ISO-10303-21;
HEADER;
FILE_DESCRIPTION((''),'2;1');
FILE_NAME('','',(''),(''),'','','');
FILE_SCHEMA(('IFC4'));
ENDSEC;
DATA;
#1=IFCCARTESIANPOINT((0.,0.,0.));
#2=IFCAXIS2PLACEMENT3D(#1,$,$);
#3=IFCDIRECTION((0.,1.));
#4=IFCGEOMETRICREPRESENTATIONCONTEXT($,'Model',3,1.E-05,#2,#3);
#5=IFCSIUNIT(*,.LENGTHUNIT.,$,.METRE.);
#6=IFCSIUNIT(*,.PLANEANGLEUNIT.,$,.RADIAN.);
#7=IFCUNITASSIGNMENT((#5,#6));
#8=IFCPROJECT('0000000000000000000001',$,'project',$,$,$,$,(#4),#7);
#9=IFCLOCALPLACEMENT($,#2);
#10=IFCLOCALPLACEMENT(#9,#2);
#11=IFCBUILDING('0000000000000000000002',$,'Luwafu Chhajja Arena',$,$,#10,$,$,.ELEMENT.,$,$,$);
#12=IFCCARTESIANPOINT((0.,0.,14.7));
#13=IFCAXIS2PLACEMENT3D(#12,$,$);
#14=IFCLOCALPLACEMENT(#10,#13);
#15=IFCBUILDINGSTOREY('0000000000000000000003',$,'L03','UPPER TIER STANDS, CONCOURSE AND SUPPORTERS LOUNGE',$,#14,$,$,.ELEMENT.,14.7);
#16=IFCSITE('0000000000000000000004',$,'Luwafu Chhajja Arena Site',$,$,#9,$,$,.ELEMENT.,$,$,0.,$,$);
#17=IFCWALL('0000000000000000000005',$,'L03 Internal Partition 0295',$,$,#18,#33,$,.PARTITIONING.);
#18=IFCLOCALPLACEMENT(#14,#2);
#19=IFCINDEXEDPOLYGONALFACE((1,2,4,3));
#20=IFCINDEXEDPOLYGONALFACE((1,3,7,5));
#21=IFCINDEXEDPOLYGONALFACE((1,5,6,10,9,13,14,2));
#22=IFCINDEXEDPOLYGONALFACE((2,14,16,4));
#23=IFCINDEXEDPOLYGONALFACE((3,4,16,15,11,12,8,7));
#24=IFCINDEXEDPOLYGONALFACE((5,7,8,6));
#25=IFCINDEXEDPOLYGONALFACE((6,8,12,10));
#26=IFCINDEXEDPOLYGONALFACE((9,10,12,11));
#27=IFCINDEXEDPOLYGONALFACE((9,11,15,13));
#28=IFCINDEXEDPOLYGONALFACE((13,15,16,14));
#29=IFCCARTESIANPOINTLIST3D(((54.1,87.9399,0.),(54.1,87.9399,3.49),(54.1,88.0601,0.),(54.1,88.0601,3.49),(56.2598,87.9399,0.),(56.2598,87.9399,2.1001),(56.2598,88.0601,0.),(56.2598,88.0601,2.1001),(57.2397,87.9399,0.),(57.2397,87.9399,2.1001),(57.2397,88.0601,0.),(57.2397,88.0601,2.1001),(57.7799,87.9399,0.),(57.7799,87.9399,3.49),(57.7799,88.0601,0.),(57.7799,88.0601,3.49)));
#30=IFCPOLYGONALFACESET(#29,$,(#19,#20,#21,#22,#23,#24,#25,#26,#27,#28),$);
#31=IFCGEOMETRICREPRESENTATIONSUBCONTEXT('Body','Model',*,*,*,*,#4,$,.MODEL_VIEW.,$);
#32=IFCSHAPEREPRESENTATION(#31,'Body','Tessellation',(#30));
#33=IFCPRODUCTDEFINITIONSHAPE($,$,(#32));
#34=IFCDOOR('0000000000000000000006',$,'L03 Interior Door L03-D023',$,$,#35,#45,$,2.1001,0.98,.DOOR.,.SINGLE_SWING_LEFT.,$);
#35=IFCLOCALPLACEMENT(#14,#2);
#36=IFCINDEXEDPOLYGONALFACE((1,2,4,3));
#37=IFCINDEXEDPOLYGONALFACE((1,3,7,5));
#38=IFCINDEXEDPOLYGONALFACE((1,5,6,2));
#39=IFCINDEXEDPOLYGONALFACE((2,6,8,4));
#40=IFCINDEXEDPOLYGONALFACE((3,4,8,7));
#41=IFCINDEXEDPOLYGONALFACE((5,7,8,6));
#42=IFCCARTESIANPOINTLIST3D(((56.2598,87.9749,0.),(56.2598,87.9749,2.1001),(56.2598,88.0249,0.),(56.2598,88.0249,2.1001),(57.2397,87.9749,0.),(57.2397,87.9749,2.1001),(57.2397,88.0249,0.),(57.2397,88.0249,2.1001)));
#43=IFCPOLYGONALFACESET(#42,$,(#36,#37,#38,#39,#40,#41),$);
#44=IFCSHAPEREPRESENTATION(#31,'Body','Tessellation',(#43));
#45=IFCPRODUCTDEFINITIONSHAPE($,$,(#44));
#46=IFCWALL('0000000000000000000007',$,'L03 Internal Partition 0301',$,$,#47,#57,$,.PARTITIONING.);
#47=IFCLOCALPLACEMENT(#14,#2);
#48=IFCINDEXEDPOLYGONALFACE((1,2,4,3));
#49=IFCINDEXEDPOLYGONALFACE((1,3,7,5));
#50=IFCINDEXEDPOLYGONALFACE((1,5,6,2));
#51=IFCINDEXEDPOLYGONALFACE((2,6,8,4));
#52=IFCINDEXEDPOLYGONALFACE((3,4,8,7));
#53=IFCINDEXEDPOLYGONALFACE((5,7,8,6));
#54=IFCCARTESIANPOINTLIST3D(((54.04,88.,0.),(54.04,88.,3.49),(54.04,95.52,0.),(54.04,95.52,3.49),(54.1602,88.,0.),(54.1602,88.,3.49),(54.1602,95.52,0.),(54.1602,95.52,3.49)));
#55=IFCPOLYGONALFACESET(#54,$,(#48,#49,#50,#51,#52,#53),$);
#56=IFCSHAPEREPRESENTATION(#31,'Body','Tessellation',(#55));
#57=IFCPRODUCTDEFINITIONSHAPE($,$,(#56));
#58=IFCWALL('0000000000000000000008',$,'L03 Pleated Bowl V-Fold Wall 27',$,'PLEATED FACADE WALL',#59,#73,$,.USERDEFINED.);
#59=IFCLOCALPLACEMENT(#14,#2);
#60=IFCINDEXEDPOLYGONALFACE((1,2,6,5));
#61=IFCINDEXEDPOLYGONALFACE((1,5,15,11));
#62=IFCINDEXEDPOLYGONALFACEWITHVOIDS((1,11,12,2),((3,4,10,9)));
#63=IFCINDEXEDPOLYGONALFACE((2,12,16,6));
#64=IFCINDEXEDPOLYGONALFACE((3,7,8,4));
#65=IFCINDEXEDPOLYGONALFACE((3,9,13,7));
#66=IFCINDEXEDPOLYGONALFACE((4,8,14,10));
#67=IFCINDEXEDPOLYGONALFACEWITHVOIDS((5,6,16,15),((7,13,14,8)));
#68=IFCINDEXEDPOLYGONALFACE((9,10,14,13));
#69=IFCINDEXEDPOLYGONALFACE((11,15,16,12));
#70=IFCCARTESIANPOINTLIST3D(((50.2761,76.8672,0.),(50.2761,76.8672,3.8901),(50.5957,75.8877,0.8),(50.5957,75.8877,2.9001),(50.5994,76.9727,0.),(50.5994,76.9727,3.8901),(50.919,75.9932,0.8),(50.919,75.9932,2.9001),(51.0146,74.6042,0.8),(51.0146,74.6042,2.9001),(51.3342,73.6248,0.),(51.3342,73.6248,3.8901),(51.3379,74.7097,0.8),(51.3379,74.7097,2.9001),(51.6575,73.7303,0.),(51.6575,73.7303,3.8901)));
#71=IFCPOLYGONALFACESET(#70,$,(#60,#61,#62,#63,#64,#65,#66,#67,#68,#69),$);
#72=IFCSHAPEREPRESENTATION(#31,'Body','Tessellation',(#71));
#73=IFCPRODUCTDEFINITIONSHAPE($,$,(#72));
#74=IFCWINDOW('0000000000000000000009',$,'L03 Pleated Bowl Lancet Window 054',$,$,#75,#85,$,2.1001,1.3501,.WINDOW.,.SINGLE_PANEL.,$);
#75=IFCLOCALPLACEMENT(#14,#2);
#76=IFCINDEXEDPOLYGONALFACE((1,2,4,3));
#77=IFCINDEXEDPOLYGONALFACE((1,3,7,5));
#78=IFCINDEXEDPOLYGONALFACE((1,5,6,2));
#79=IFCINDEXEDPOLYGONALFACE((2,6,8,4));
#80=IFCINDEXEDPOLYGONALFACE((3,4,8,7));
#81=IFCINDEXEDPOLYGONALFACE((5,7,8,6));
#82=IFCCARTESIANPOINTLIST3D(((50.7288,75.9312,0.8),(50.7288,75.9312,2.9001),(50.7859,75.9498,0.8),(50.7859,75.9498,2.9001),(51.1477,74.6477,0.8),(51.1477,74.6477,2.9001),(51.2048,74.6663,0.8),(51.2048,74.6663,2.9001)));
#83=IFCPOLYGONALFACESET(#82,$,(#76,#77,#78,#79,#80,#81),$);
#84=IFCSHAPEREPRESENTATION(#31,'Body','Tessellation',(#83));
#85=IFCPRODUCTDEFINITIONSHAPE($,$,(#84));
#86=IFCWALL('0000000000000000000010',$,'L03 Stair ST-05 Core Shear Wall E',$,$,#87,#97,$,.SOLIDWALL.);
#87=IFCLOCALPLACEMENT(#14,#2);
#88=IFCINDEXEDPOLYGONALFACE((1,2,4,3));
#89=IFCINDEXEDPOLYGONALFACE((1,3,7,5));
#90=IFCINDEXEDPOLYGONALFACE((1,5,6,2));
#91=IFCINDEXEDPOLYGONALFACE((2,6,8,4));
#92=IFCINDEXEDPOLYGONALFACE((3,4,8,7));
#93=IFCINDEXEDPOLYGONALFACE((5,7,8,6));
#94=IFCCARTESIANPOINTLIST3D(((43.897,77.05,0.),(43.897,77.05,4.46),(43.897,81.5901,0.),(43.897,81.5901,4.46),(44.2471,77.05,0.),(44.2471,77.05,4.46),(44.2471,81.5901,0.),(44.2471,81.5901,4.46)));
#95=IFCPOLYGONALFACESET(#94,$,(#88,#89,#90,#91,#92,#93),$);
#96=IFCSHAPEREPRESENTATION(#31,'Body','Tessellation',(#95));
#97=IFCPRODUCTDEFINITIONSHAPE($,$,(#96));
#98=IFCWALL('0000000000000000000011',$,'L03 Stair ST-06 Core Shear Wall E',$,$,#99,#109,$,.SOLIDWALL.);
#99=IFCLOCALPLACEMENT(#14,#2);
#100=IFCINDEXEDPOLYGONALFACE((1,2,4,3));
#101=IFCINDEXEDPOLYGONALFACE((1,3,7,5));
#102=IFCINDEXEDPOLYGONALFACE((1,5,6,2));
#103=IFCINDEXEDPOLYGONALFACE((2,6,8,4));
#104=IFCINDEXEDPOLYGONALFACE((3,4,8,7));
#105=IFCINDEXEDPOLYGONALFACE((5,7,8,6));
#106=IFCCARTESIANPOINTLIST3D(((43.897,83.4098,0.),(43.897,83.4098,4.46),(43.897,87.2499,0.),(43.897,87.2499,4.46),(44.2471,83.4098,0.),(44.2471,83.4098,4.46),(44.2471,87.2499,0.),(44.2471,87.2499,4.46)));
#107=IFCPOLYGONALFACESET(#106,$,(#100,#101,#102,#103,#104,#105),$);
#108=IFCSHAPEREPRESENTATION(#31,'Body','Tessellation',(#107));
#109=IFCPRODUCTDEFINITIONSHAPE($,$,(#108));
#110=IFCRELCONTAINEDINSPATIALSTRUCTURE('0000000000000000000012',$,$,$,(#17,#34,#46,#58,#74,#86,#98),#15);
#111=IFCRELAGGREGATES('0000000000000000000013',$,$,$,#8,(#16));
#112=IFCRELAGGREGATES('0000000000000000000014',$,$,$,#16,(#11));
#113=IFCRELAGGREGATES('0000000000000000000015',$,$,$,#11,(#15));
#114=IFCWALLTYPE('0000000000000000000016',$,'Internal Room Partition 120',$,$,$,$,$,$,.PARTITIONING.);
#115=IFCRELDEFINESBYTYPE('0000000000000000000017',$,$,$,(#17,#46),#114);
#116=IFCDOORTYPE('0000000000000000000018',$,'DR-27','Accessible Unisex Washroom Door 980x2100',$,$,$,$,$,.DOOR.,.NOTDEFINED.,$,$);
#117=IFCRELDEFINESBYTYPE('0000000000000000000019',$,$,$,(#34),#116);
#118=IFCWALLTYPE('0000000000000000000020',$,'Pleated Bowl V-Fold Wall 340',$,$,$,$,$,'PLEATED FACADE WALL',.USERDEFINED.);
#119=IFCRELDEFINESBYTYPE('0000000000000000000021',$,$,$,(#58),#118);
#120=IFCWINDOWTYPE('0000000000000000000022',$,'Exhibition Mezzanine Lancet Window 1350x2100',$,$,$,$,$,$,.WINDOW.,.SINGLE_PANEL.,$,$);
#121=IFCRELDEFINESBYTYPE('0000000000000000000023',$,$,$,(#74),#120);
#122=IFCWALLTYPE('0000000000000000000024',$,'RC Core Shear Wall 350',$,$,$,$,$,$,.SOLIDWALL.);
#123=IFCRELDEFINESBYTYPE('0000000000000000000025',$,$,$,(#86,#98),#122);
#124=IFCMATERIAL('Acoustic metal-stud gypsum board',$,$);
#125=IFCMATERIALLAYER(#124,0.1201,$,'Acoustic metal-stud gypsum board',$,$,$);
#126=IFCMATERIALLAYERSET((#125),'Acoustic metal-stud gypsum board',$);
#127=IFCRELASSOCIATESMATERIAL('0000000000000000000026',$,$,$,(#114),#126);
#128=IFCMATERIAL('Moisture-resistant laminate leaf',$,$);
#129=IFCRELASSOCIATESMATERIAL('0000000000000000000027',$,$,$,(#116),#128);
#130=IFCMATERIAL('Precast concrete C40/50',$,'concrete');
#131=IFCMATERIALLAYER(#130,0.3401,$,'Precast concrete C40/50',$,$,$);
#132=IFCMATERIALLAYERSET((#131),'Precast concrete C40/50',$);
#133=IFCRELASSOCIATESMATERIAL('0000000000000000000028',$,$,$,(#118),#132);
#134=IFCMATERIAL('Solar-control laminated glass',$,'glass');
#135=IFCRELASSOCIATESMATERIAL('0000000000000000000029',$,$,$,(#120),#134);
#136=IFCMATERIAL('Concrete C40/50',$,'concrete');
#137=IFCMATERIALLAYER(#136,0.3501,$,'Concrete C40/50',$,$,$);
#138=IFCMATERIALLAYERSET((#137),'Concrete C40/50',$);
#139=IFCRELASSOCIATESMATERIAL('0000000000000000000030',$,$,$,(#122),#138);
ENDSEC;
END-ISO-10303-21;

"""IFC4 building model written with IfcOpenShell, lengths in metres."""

from ifc_helpers import new_model, si_unit, direction, frame, frame_2d, origin, place, context, subcontext, project, spatial, rectangle, extrude, material, layer, layer_set, type_object, element, fill, save


model = new_model("IFC4")

# Units and contexts
model_context = context("Model", 3, precision=1e-05, world=origin(), true_north=direction((0.0, 1.0)))
body_context = subcontext(model_context, "Body", "Model", "MODEL_VIEW")
ifc_project = project(units=[si_unit("LENGTHUNIT", "METRE"), si_unit("PLANEANGLEUNIT", "RADIAN")], contexts=[model_context])

# Site, building, storey
site_placement = place(None, origin())
site = spatial("IfcSite", under=ifc_project, at=site_placement, Name="Luwafu Chhajja Arena Site", CompositionType="ELEMENT", RefElevation=0.0)
building_placement = place(site_placement, origin())
building = spatial("IfcBuilding", under=site, at=building_placement, Name="Luwafu Chhajja Arena", CompositionType="ELEMENT")
storey_placement = place(building_placement, frame((0.0, 0.0, 14.7)))
storey = spatial("IfcBuildingStorey", under=building, at=storey_placement, Name="L03", Description="UPPER TIER STANDS, CONCOURSE AND SUPPORTERS LOUNGE", CompositionType="ELEMENT", Elevation=14.7)

# Wall, opening, door
ifc_material_1 = material(Name="Acoustic metal-stud gypsum board")
ifc_layer_1 = layer(ifc_material_1, 0.1201, Name="Acoustic metal-stud gypsum board")
ifc_layer_set_1 = layer_set([ifc_layer_1], Name="Acoustic metal-stud gypsum board")
wall_type_1 = type_object("IfcWallType", Name="Internal Room Partition 120", PredefinedType="PARTITIONING", material=ifc_layer_set_1)
wall_1_placement = place(storey_placement, frame((54.1001, 88.0, 0.0), z_axis=(0.0, 0.0, 1.0), x_axis=(1.0, 0.0, 0.0)))
wall_1 = element("IfcWall", 1, at=wall_1_placement, inside=storey, type_object=wall_type_1, Name="L03 Internal Partition 0295", PredefinedType="PARTITIONING", context=body_context, shape_type="SweptSolid", body=[
    extrude(rectangle(XDim=3.6799, YDim=0.1201, at=frame_2d((1.8398, 0.0))), origin(), (0.0, 0.0, 1.0), 3.49),
])
opening_1_placement = place(wall_1_placement, frame((2.1597, 0.0, 0.0)))
opening_1 = element("IfcOpeningElement", 2, at=opening_1_placement, cuts=wall_1, PredefinedType="OPENING", context=body_context, shape_type="SweptSolid", body=[
    extrude(rectangle(XDim=0.98, YDim=2.1001, at=frame_2d((0.49, 1.05))), frame((0.0, 0.0701, 0.0), z_axis=(0.0, -1.0, 0.0), x_axis=(1.0, 0.0, 0.0)), (0.0, 0.0, 1.0), 0.1401),
])
ifc_material_2 = material(Name="Moisture-resistant laminate leaf")
door_type_1 = type_object("IfcDoorType", Name="DR-27", Description="Accessible Unisex Washroom Door 980x2100", OperationType="NOTDEFINED", PredefinedType="DOOR", material=ifc_material_2)
door_1_placement = place(opening_1_placement, origin())
door_1 = element("IfcDoor", 3, at=door_1_placement, inside=storey, type_object=door_type_1, Name="L03 Interior Door L03-D023", OperationType="SINGLE_SWING_LEFT", OverallHeight=2.1001, OverallWidth=0.98, PredefinedType="DOOR", context=body_context, shape_type="SweptSolid", body=[
    extrude(rectangle(XDim=0.98, YDim=2.1001, at=frame_2d((0.49, 1.05))), frame((0.0, 0.0249, 0.0), z_axis=(0.0, -1.0, 0.0), x_axis=(1.0, 0.0, 0.0)), (0.0, 0.0, 1.0), 0.05),
])
fill(opening_1, door_1)

# Wall
wall_2_placement = place(storey_placement, frame((54.1001, 88.0, 0.0), z_axis=(0.0, 0.0, 1.0), x_axis=(0.0, 1.0, 0.0)))
element("IfcWall", 4, at=wall_2_placement, inside=storey, type_object=wall_type_1, Name="L03 Internal Partition 0301", PredefinedType="PARTITIONING", context=body_context, shape_type="SweptSolid", body=[
    extrude(rectangle(XDim=7.52, YDim=0.1201, at=frame_2d((3.76, 0.0))), origin(), (0.0, 0.0, 1.0), 3.49),
])

# Wall, opening, window
ifc_material_3 = material(Name="Precast concrete C40/50", Category="concrete")
ifc_layer_2 = layer(ifc_material_3, 0.3401, Name="Precast concrete C40/50")
ifc_layer_set_2 = layer_set([ifc_layer_2], Name="Precast concrete C40/50")
wall_type_2 = type_object("IfcWallType", Name="Pleated Bowl V-Fold Wall 340", ElementType="PLEATED FACADE WALL", PredefinedType="USERDEFINED", material=ifc_layer_set_2)
wall_3_placement = place(storey_placement, frame((50.4377, 76.9199, 0.0), z_axis=(0.0, 0.0, 1.0), x_axis=(0.31023, -0.950661, 0.0)))
wall_3 = element("IfcWall", 5, at=wall_3_placement, inside=storey, type_object=wall_type_2, Name="L03 Pleated Bowl V-Fold Wall 27", ObjectType="PLEATED FACADE WALL", PredefinedType="USERDEFINED", context=body_context, shape_type="SweptSolid", body=[
    extrude(rectangle(XDim=3.4106, YDim=0.3401, at=frame_2d((1.7053, 0.0))), origin(), (0.0, 0.0, 1.0), 3.8901),
])
opening_2_placement = place(wall_3_placement, frame((1.0303, 0.0, 0.8)))
opening_2 = element("IfcOpeningElement", 6, at=opening_2_placement, cuts=wall_3, PredefinedType="OPENING", context=body_context, shape_type="SweptSolid", body=[
    extrude(rectangle(XDim=1.3501, YDim=2.1001, at=frame_2d((0.675, 1.05))), frame((0.0, 0.1799, 0.0), z_axis=(0.0, -1.0, 0.0), x_axis=(1.0, 0.0, 0.0)), (0.0, 0.0, 1.0), 0.3601),
])
ifc_material_4 = material(Name="Solar-control laminated glass", Category="glass")
window_type_1 = type_object("IfcWindowType", Name="Exhibition Mezzanine Lancet Window 1350x2100", PartitioningType="SINGLE_PANEL", PredefinedType="WINDOW", material=ifc_material_4)
window_1_placement = place(opening_2_placement, origin())
window_1 = element("IfcWindow", 7, at=window_1_placement, inside=storey, type_object=window_type_1, Name="L03 Pleated Bowl Lancet Window 054", OverallHeight=2.1001, OverallWidth=1.3501, PartitioningType="SINGLE_PANEL", PredefinedType="WINDOW", context=body_context, shape_type="SweptSolid", body=[
    extrude(rectangle(XDim=1.3501, YDim=2.1001, at=frame_2d((0.675, 1.05))), frame((0.0, 0.03, 0.0), z_axis=(0.0, -1.0, 0.0), x_axis=(1.0, 0.0, 0.0)), (0.0, 0.0, 1.0), 0.0601),
])
fill(opening_2, window_1)

# Walls
ifc_material_5 = material(Name="Concrete C40/50", Category="concrete")
ifc_layer_3 = layer(ifc_material_5, 0.3501, Name="Concrete C40/50")
ifc_layer_set_3 = layer_set([ifc_layer_3], Name="Concrete C40/50")
wall_type_3 = type_object("IfcWallType", Name="RC Core Shear Wall 350", PredefinedType="SOLIDWALL", material=ifc_layer_set_3)
wall_4_placement = place(storey_placement, frame((44.072, 77.05, 0.0), z_axis=(0.0, 0.0, 1.0), x_axis=(0.0, 1.0, 0.0)))
element("IfcWall", 8, at=wall_4_placement, inside=storey, type_object=wall_type_3, Name="L03 Stair ST-05 Core Shear Wall E", PredefinedType="SOLIDWALL", context=body_context, shape_type="SweptSolid", body=[
    extrude(rectangle(XDim=4.54, YDim=0.3501, at=frame_2d((2.27, 0.0))), origin(), (0.0, 0.0, 1.0), 4.46),
])
wall_5_placement = place(storey_placement, frame((44.072, 83.4099, 0.0), z_axis=(0.0, 0.0, 1.0), x_axis=(0.0, 1.0, 0.0)))
element("IfcWall", 9, at=wall_5_placement, inside=storey, type_object=wall_type_3, Name="L03 Stair ST-06 Core Shear Wall E", PredefinedType="SOLIDWALL", context=body_context, shape_type="SweptSolid", body=[
    extrude(rectangle(XDim=3.8401, YDim=0.3501, at=frame_2d((1.9199, 0.0))), origin(), (0.0, 0.0, 1.0), 4.46),
])

save(model, "model.ifc")
